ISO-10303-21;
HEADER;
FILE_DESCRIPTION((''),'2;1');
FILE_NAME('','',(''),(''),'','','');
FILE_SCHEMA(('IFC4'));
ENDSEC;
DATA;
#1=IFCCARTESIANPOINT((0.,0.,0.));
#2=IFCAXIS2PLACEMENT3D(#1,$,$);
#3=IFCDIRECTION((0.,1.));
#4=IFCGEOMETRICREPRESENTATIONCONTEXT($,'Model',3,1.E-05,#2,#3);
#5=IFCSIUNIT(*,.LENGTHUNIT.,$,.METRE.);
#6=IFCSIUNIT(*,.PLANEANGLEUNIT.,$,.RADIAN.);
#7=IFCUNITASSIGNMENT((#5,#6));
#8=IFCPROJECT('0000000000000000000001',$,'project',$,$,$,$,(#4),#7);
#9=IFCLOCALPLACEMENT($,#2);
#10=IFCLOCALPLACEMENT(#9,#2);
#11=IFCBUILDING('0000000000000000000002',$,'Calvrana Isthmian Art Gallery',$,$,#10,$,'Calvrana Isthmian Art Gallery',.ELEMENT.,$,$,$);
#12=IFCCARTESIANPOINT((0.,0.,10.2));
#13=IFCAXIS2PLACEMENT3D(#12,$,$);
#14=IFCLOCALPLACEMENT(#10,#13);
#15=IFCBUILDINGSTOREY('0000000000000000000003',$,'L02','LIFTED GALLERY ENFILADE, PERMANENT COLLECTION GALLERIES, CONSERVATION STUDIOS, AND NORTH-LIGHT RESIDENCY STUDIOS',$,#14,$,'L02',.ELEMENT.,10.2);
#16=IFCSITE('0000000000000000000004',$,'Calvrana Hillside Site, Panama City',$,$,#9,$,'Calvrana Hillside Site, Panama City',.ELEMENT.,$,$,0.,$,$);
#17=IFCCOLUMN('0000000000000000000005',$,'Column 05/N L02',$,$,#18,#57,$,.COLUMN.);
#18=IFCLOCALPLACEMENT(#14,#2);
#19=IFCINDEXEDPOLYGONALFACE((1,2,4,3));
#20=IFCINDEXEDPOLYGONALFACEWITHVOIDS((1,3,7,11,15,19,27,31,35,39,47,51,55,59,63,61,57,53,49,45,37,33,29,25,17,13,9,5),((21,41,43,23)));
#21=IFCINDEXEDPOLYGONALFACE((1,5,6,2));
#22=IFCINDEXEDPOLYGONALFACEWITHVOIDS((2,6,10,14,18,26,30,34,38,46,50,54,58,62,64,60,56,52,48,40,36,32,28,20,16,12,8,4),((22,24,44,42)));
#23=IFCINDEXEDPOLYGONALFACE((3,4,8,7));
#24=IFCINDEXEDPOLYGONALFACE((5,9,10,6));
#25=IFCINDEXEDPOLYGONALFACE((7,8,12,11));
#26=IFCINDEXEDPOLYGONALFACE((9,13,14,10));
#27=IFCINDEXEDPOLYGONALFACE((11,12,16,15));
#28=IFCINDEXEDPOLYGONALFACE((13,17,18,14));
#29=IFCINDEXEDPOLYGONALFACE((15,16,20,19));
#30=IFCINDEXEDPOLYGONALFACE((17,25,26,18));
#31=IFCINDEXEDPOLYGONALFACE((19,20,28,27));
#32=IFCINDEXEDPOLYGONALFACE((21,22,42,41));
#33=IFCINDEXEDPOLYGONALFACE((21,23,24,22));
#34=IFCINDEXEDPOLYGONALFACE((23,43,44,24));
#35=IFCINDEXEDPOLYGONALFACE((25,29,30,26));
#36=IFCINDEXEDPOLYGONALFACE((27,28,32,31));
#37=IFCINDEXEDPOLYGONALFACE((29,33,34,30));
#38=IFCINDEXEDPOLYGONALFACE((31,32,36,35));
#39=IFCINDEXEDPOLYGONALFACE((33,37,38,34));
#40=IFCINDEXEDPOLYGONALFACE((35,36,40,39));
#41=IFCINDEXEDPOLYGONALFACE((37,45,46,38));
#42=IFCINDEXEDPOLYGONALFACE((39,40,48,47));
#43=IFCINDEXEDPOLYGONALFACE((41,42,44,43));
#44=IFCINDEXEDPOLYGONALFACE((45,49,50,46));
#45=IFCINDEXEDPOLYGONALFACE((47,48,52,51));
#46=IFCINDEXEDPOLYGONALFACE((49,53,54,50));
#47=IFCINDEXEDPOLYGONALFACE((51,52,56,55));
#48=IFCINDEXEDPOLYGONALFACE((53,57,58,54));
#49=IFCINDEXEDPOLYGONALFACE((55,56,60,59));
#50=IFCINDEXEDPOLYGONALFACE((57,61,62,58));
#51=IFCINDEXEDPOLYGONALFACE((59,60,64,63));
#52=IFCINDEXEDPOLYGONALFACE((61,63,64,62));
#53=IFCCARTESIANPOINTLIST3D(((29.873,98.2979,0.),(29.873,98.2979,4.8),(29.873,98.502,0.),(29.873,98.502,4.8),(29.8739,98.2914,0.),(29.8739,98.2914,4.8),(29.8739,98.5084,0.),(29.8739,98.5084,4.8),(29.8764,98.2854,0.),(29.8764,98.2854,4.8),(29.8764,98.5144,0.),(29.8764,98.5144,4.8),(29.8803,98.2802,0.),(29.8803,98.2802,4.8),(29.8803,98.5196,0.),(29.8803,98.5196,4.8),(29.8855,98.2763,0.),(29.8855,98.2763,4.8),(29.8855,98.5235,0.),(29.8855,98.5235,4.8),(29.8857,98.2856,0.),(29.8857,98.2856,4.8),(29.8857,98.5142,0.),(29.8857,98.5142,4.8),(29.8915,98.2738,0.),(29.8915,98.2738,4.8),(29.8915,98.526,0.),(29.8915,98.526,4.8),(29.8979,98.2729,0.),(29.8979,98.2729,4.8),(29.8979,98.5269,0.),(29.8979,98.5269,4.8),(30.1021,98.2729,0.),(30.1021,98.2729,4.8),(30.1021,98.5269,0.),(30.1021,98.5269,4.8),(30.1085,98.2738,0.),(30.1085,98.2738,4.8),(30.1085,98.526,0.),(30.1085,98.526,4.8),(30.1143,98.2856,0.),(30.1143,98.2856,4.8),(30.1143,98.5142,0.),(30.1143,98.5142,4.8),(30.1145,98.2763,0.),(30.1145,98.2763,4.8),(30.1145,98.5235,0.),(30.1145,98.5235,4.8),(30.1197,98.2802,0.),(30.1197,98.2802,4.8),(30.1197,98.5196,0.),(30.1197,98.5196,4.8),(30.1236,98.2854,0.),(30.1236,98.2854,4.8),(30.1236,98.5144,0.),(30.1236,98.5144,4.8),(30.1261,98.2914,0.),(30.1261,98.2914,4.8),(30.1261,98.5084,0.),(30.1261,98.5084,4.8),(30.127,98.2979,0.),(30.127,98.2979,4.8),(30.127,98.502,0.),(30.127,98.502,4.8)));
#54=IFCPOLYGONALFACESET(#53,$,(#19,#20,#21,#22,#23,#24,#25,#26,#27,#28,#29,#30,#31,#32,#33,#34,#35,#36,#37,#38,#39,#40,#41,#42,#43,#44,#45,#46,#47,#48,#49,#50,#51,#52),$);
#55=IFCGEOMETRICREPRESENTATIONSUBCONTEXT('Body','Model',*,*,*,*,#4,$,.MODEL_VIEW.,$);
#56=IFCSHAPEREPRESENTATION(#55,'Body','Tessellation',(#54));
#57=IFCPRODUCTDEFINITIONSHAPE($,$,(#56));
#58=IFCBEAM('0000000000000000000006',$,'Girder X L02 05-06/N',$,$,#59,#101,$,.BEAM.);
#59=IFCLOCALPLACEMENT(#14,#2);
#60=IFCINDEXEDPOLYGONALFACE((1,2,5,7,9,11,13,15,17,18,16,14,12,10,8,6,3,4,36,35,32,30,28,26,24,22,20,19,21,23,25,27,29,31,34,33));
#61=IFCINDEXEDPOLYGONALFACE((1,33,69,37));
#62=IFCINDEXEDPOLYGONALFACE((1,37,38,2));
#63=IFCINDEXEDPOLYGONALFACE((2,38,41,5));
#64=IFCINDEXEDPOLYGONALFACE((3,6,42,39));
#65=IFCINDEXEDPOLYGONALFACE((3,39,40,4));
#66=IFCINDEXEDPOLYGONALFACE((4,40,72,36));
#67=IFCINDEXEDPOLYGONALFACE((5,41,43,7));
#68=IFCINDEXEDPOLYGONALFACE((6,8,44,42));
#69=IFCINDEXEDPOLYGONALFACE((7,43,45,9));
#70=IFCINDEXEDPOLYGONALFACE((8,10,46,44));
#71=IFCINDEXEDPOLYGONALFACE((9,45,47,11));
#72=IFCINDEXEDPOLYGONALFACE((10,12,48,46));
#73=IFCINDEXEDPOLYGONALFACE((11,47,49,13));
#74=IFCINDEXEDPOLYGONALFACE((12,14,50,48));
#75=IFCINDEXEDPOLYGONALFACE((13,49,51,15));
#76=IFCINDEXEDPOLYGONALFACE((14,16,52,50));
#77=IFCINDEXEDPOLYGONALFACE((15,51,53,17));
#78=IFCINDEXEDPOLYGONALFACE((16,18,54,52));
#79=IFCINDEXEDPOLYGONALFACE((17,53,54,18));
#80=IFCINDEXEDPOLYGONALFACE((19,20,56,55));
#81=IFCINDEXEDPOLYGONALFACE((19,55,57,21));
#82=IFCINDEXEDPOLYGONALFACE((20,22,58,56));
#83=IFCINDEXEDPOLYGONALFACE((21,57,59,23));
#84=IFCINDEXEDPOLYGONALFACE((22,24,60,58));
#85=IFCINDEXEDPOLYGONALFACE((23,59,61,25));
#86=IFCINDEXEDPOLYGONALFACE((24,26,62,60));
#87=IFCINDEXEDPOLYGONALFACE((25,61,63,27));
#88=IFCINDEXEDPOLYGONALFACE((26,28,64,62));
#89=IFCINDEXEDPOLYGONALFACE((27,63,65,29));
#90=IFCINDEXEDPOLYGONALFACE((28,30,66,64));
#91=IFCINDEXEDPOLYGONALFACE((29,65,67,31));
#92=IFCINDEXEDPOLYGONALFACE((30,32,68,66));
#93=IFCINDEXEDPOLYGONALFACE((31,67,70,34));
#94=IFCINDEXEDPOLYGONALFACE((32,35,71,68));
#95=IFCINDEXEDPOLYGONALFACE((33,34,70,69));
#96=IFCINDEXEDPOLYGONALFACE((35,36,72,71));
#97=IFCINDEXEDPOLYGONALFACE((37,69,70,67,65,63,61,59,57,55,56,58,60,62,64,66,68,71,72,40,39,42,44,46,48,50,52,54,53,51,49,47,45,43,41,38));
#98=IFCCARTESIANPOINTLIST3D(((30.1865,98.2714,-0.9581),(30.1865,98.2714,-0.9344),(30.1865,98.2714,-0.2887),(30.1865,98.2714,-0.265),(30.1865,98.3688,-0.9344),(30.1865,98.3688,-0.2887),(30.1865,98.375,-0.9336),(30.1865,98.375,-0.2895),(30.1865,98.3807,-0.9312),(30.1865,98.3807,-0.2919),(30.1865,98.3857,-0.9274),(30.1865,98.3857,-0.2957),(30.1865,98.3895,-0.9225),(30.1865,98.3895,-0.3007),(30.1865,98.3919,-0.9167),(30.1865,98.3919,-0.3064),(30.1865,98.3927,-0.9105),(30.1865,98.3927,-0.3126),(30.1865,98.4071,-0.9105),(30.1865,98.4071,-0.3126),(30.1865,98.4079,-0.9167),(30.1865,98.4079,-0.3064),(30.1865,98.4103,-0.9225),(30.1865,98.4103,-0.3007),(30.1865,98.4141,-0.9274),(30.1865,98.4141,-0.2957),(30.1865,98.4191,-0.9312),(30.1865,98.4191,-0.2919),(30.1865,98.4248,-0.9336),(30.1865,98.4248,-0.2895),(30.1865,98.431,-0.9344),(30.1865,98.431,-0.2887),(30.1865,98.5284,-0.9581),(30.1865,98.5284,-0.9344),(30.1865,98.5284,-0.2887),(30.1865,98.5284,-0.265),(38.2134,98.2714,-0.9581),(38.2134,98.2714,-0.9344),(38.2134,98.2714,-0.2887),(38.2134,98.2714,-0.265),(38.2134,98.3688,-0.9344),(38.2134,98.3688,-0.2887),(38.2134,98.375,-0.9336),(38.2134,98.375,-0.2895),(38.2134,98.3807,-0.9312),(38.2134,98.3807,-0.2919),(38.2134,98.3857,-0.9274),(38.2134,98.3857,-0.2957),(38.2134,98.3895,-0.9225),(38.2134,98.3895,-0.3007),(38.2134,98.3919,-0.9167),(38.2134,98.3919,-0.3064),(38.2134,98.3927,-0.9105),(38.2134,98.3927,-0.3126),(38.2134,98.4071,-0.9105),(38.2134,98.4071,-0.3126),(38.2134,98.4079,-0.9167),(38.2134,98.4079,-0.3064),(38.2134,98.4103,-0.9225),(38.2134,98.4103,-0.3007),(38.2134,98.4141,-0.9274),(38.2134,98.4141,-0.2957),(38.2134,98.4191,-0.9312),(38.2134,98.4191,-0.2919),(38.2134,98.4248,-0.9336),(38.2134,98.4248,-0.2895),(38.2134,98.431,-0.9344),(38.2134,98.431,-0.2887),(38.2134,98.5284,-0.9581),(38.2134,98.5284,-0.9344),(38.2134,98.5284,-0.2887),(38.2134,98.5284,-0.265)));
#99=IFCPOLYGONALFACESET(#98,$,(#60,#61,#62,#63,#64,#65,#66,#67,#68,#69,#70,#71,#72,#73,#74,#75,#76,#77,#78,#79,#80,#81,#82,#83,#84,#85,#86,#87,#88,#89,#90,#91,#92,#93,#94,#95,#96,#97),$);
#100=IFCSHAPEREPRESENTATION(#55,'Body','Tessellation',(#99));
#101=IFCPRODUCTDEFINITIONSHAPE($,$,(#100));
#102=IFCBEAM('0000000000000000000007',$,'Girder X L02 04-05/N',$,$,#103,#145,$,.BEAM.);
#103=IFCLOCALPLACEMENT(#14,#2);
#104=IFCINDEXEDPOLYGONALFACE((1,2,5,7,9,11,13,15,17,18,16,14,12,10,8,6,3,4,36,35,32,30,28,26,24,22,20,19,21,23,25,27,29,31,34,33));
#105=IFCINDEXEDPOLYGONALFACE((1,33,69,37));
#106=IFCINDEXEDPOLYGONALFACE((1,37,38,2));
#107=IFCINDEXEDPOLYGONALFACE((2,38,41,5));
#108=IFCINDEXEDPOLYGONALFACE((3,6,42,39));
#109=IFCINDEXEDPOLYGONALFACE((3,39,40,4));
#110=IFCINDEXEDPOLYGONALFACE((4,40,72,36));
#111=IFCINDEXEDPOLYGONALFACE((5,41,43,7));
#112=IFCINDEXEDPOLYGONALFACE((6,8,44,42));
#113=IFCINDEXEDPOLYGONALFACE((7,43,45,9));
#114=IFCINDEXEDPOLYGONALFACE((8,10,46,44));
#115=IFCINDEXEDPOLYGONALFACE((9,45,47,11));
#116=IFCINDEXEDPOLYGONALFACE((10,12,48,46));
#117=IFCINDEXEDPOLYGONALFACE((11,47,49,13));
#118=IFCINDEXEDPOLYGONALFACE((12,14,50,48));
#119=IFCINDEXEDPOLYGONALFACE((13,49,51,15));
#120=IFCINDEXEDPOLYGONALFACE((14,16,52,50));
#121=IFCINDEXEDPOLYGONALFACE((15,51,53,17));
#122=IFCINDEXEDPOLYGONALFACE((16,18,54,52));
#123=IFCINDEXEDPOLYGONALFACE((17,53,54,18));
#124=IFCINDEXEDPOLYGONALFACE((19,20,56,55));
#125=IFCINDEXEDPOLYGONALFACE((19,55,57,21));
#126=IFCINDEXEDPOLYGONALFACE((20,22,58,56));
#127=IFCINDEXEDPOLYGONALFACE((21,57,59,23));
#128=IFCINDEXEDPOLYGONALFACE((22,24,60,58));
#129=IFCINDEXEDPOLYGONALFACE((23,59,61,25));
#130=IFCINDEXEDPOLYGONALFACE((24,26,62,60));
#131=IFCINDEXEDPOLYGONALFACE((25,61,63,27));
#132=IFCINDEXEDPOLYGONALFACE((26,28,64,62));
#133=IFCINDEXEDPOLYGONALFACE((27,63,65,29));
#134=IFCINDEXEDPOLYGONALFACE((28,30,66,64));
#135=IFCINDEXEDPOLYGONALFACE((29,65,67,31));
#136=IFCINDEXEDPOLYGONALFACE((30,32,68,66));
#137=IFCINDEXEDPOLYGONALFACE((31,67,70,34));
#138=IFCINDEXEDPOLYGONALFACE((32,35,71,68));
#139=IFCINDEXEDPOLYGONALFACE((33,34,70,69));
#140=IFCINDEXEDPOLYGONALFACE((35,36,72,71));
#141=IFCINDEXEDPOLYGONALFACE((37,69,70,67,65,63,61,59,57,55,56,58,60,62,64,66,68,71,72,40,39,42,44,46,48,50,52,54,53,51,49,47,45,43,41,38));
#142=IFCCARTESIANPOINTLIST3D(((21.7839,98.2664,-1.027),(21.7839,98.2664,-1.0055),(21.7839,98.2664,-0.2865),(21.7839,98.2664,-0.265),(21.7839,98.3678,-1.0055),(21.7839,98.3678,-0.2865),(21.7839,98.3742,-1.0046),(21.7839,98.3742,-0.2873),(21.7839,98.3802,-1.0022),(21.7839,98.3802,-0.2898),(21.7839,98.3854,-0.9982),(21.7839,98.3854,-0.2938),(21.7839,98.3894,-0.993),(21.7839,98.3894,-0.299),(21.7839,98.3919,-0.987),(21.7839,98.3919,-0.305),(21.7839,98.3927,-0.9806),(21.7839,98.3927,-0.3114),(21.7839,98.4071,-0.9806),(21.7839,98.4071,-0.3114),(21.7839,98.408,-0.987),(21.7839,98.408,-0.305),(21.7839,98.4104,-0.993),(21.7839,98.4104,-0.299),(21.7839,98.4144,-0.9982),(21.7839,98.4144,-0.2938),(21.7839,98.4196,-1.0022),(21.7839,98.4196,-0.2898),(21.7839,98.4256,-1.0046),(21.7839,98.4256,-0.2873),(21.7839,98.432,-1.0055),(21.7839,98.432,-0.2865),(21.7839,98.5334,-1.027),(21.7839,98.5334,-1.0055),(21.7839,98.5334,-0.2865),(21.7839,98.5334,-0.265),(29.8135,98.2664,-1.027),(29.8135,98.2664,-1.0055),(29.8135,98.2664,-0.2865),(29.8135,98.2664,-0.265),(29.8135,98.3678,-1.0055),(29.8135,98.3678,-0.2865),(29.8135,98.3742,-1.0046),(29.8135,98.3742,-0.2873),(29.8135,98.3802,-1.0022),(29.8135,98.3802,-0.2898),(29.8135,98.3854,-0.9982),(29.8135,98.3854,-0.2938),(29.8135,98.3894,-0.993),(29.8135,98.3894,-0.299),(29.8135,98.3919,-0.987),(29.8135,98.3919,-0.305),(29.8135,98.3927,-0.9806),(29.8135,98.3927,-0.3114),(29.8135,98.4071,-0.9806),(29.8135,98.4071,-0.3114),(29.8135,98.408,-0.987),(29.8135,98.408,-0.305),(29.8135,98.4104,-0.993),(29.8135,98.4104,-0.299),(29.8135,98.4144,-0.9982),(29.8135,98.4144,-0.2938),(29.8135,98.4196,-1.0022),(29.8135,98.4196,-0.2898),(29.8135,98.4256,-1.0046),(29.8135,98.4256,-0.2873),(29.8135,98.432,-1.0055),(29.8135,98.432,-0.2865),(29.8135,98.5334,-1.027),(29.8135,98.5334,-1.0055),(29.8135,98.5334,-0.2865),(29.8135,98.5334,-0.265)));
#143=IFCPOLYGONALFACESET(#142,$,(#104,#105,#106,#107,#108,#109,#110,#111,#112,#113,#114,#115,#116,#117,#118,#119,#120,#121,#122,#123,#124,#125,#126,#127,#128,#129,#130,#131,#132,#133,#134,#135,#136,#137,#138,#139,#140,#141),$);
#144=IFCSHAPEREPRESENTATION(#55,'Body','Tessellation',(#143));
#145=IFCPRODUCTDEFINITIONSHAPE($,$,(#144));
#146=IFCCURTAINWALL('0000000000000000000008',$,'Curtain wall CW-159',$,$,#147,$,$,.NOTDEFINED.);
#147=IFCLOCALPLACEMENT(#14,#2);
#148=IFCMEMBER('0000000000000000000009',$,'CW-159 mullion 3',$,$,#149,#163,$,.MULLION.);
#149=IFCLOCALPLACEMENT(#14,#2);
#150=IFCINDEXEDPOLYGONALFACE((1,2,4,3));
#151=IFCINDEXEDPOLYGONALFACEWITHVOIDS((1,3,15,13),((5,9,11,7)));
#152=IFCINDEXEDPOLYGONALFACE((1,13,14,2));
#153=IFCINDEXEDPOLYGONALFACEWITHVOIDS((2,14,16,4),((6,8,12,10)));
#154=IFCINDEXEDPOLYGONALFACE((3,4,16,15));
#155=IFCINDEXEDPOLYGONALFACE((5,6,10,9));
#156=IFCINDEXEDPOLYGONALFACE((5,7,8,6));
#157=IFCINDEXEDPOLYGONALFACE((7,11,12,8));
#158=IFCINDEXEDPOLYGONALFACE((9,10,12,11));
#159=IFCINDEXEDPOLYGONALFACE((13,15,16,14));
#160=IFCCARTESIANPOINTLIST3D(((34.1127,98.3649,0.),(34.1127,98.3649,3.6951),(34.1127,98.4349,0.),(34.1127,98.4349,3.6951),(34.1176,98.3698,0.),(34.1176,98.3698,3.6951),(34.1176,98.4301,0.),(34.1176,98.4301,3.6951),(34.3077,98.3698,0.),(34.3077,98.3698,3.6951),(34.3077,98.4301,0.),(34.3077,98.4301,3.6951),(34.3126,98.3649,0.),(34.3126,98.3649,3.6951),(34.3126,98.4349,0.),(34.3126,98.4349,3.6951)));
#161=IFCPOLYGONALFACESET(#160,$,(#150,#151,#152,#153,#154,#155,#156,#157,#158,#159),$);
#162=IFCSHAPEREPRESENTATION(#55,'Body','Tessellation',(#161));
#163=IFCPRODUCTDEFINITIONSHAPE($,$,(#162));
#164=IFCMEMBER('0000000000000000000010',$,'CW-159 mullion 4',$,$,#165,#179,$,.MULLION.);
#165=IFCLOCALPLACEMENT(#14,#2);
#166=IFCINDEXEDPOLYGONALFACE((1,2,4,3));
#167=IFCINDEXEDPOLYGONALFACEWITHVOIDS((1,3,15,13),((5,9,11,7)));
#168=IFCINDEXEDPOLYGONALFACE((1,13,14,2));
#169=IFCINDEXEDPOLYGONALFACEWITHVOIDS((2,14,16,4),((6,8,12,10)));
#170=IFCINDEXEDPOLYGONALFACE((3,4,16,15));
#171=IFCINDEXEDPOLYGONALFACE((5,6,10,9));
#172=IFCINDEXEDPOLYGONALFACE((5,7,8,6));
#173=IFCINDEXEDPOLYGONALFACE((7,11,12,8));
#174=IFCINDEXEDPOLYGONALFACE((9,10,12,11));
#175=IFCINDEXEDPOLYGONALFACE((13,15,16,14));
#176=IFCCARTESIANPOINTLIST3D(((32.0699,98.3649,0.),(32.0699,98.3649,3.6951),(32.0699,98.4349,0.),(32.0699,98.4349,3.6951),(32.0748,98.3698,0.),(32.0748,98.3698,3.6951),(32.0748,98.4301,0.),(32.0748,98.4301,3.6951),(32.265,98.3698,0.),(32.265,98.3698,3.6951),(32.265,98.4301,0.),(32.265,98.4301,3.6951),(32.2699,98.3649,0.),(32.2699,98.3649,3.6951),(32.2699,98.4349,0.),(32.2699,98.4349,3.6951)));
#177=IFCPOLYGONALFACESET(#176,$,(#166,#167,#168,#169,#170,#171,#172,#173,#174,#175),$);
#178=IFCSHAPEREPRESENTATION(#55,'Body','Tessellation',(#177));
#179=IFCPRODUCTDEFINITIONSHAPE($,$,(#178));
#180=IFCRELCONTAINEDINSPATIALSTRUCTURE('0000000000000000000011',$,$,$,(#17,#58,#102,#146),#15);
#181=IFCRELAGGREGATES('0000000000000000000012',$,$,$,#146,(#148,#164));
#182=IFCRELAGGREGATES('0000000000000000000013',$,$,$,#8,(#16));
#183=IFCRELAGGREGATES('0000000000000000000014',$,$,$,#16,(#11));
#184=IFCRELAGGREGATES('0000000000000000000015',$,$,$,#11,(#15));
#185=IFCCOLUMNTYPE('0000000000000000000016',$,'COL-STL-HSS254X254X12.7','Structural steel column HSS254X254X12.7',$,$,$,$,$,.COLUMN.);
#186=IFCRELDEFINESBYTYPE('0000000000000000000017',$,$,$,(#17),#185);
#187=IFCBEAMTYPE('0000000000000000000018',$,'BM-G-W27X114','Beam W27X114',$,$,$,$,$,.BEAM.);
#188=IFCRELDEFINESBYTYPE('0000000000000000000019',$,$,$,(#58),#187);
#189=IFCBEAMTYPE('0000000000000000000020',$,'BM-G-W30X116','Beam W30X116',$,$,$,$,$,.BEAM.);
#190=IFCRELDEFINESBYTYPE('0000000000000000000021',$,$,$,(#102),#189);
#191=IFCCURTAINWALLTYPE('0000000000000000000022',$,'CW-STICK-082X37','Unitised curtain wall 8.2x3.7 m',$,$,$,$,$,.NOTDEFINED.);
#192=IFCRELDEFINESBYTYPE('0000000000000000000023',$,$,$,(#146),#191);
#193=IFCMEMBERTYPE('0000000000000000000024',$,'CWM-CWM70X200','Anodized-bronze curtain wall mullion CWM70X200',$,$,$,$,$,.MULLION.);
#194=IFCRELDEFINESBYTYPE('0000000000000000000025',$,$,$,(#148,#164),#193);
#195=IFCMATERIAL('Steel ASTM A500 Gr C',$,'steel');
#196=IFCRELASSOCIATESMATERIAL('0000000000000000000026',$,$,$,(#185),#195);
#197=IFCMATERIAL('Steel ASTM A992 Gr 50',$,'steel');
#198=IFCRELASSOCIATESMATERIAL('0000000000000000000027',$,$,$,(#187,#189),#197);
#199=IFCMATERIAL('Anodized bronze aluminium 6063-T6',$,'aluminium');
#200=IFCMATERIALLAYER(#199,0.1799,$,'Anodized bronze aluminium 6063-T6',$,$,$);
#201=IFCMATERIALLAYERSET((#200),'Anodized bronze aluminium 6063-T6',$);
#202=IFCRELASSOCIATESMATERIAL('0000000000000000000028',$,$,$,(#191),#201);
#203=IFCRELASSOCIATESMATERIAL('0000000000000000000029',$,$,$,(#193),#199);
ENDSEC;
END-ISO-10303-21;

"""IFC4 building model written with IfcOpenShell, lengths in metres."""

from ifc_helpers import new_model, si_unit, direction, frame, origin, origin_2d, place, context, subcontext, project, spatial, hollow_rectangle, i_section, extrude, material, layer, layer_set, material_profile, profile_set, type_object, element, aggregate, save


model = new_model("IFC4")

# Units and contexts
model_context = context("Model", 3, precision=1e-05, world=origin(), true_north=direction((0.0, 1.0)))
body_context = subcontext(model_context, "Body", "Model", "MODEL_VIEW")
ifc_project = project(units=[si_unit("LENGTHUNIT", "METRE"), si_unit("PLANEANGLEUNIT", "RADIAN")], contexts=[model_context])

# Site, building, storey
site_placement = place(None, origin())
site = spatial("IfcSite", under=ifc_project, at=site_placement, Name="Calvrana Hillside Site, Panama City", LongName="Calvrana Hillside Site, Panama City", CompositionType="ELEMENT", RefElevation=0.0)
building_placement = place(site_placement, origin())
building = spatial("IfcBuilding", under=site, at=building_placement, Name="Calvrana Isthmian Art Gallery", LongName="Calvrana Isthmian Art Gallery", CompositionType="ELEMENT")
storey_placement = place(building_placement, frame((0.0, 0.0, 10.2)))
storey = spatial("IfcBuildingStorey", under=building, at=storey_placement, Name="L02", Description="LIFTED GALLERY ENFILADE, PERMANENT COLLECTION GALLERIES, CONSERVATION STUDIOS, AND NORTH-LIGHT RESIDENCY STUDIOS", LongName="L02", CompositionType="ELEMENT", Elevation=10.2)

# Column
ifc_material_1 = material(Name="Steel ASTM A500 Gr C", Category="steel")
ifc_material_profile_1 = material_profile(ifc_material_1, hollow_rectangle(XDim=0.2539, YDim=0.2539, WallThickness=0.0127, OuterFilletRadius=0.0249, at=origin_2d()), Name="HSS254X254X12.7")
ifc_profile_set_1 = profile_set([ifc_material_profile_1], Name="Steel ASTM A500 Gr C")
column_type = type_object("IfcColumnType", Name="COL-STL-HSS254X254X12.7", Description="Structural steel column HSS254X254X12.7", PredefinedType="COLUMN", material=ifc_profile_set_1)
column_placement = place(storey_placement, frame((30.0, 98.3999, 0.0), z_axis=(0.0, 0.0, 1.0), x_axis=(1.0, 0.0, 0.0)))
element("IfcColumn", 1, at=column_placement, inside=storey, type_object=column_type, Name="Column 05/N L02", PredefinedType="COLUMN", context=body_context, shape_type="SweptSolid", body=[
    extrude(hollow_rectangle(XDim=0.2539, YDim=0.2539, WallThickness=0.0127, OuterFilletRadius=0.0249, at=origin_2d()), origin(), (0.0, 0.0, 1.0), 4.8),
])

# Beams
ifc_material_2 = material(Name="Steel ASTM A992 Gr 50", Category="steel")
ifc_material_profile_2 = material_profile(ifc_material_2, i_section(OverallWidth=0.2571, OverallDepth=0.6931, WebThickness=0.0144, FlangeThickness=0.0237, FilletRadius=0.0239, at=origin_2d()), Name="W27X114")
ifc_profile_set_2 = profile_set([ifc_material_profile_2], Name="Steel ASTM A992 Gr 50")
beam_type_1 = type_object("IfcBeamType", Name="BM-G-W27X114", Description="Beam W27X114", PredefinedType="BEAM", material=ifc_profile_set_2)
beam_1_placement = place(storey_placement, frame((30.1865, 98.3999, -0.6116), z_axis=(1.0, 0.0, 0.0), x_axis=(0.0, 1.0, 0.0)))
element("IfcBeam", 2, at=beam_1_placement, inside=storey, type_object=beam_type_1, Name="Girder X L02 05-06/N", PredefinedType="BEAM", context=body_context, shape_type="SweptSolid", body=[
    extrude(i_section(OverallWidth=0.2571, OverallDepth=0.6931, WebThickness=0.0144, FlangeThickness=0.0237, FilletRadius=0.0239, at=origin_2d()), origin(), (0.0, 0.0, 1.0), 8.0269),
])
ifc_material_profile_3 = material_profile(ifc_material_2, i_section(OverallWidth=0.2671, OverallDepth=0.762, WebThickness=0.0144, FlangeThickness=0.0215, FilletRadius=0.0249, at=origin_2d()), Name="W30X116")
ifc_profile_set_3 = profile_set([ifc_material_profile_3], Name="Steel ASTM A992 Gr 50")
beam_type_2 = type_object("IfcBeamType", Name="BM-G-W30X116", Description="Beam W30X116", PredefinedType="BEAM", material=ifc_profile_set_3)
beam_2_placement = place(storey_placement, frame((21.7839, 98.3999, -0.646), z_axis=(1.0, 0.0, 0.0), x_axis=(0.0, 1.0, 0.0)))
element("IfcBeam", 3, at=beam_2_placement, inside=storey, type_object=beam_type_2, Name="Girder X L02 04-05/N", PredefinedType="BEAM", context=body_context, shape_type="SweptSolid", body=[
    extrude(i_section(OverallWidth=0.2671, OverallDepth=0.762, WebThickness=0.0144, FlangeThickness=0.0215, FilletRadius=0.0249, at=origin_2d()), origin(), (0.0, 0.0, 1.0), 8.0295),
])

# Curtain wall, members
ifc_material_3 = material(Name="Anodized bronze aluminium 6063-T6", Category="aluminium")
ifc_layer_1 = layer(ifc_material_3, 0.1799, Name="Anodized bronze aluminium 6063-T6")
ifc_layer_set_1 = layer_set([ifc_layer_1], Name="Anodized bronze aluminium 6063-T6")
curtain_wall_type = type_object("IfcCurtainWallType", Name="CW-STICK-082X37", Description="Unitised curtain wall 8.2x3.7 m", PredefinedType="NOTDEFINED", material=ifc_layer_set_1)
curtain_wall_placement = place(storey_placement, origin())
curtain_wall = element("IfcCurtainWall", 4, at=curtain_wall_placement, inside=storey, type_object=curtain_wall_type, Name="Curtain wall CW-159", PredefinedType="NOTDEFINED")
ifc_material_profile_4 = material_profile(ifc_material_3, hollow_rectangle(XDim=0.0701, YDim=0.2, WallThickness=0.0049, at=origin_2d()), Name="CWM70X200")
ifc_profile_set_4 = profile_set([ifc_material_profile_4], Name="Anodized bronze aluminium 6063-T6")
member_type_1 = type_object("IfcMemberType", Name="CWM-CWM70X200", Description="Anodized-bronze curtain wall mullion CWM70X200", PredefinedType="MULLION", material=ifc_profile_set_4)
member_1_placement = place(storey_placement, frame((34.2126, 98.3999, 0.0), z_axis=(0.0, 0.0, 1.0), x_axis=(0.0, -1.0, 0.0)))
member_1 = element("IfcMember", 5, at=member_1_placement, type_object=member_type_1, Name="CW-159 mullion 3", PredefinedType="MULLION", context=body_context, shape_type="SweptSolid", body=[
    extrude(hollow_rectangle(XDim=0.0701, YDim=0.2, WallThickness=0.0049, at=origin_2d()), origin(), (0.0, 0.0, 1.0), 3.6951),
])
member_2_placement = place(storey_placement, frame((32.1699, 98.3999, 0.0), z_axis=(0.0, 0.0, 1.0), x_axis=(0.0, -1.0, 0.0)))
member_2 = element("IfcMember", 6, at=member_2_placement, type_object=member_type_1, Name="CW-159 mullion 4", PredefinedType="MULLION", context=body_context, shape_type="SweptSolid", body=[
    extrude(hollow_rectangle(XDim=0.0701, YDim=0.2, WallThickness=0.0049, at=origin_2d()), origin(), (0.0, 0.0, 1.0), 3.6951),
])
aggregate(curtain_wall, [member_1, member_2])

save(model, "model.ifc")
